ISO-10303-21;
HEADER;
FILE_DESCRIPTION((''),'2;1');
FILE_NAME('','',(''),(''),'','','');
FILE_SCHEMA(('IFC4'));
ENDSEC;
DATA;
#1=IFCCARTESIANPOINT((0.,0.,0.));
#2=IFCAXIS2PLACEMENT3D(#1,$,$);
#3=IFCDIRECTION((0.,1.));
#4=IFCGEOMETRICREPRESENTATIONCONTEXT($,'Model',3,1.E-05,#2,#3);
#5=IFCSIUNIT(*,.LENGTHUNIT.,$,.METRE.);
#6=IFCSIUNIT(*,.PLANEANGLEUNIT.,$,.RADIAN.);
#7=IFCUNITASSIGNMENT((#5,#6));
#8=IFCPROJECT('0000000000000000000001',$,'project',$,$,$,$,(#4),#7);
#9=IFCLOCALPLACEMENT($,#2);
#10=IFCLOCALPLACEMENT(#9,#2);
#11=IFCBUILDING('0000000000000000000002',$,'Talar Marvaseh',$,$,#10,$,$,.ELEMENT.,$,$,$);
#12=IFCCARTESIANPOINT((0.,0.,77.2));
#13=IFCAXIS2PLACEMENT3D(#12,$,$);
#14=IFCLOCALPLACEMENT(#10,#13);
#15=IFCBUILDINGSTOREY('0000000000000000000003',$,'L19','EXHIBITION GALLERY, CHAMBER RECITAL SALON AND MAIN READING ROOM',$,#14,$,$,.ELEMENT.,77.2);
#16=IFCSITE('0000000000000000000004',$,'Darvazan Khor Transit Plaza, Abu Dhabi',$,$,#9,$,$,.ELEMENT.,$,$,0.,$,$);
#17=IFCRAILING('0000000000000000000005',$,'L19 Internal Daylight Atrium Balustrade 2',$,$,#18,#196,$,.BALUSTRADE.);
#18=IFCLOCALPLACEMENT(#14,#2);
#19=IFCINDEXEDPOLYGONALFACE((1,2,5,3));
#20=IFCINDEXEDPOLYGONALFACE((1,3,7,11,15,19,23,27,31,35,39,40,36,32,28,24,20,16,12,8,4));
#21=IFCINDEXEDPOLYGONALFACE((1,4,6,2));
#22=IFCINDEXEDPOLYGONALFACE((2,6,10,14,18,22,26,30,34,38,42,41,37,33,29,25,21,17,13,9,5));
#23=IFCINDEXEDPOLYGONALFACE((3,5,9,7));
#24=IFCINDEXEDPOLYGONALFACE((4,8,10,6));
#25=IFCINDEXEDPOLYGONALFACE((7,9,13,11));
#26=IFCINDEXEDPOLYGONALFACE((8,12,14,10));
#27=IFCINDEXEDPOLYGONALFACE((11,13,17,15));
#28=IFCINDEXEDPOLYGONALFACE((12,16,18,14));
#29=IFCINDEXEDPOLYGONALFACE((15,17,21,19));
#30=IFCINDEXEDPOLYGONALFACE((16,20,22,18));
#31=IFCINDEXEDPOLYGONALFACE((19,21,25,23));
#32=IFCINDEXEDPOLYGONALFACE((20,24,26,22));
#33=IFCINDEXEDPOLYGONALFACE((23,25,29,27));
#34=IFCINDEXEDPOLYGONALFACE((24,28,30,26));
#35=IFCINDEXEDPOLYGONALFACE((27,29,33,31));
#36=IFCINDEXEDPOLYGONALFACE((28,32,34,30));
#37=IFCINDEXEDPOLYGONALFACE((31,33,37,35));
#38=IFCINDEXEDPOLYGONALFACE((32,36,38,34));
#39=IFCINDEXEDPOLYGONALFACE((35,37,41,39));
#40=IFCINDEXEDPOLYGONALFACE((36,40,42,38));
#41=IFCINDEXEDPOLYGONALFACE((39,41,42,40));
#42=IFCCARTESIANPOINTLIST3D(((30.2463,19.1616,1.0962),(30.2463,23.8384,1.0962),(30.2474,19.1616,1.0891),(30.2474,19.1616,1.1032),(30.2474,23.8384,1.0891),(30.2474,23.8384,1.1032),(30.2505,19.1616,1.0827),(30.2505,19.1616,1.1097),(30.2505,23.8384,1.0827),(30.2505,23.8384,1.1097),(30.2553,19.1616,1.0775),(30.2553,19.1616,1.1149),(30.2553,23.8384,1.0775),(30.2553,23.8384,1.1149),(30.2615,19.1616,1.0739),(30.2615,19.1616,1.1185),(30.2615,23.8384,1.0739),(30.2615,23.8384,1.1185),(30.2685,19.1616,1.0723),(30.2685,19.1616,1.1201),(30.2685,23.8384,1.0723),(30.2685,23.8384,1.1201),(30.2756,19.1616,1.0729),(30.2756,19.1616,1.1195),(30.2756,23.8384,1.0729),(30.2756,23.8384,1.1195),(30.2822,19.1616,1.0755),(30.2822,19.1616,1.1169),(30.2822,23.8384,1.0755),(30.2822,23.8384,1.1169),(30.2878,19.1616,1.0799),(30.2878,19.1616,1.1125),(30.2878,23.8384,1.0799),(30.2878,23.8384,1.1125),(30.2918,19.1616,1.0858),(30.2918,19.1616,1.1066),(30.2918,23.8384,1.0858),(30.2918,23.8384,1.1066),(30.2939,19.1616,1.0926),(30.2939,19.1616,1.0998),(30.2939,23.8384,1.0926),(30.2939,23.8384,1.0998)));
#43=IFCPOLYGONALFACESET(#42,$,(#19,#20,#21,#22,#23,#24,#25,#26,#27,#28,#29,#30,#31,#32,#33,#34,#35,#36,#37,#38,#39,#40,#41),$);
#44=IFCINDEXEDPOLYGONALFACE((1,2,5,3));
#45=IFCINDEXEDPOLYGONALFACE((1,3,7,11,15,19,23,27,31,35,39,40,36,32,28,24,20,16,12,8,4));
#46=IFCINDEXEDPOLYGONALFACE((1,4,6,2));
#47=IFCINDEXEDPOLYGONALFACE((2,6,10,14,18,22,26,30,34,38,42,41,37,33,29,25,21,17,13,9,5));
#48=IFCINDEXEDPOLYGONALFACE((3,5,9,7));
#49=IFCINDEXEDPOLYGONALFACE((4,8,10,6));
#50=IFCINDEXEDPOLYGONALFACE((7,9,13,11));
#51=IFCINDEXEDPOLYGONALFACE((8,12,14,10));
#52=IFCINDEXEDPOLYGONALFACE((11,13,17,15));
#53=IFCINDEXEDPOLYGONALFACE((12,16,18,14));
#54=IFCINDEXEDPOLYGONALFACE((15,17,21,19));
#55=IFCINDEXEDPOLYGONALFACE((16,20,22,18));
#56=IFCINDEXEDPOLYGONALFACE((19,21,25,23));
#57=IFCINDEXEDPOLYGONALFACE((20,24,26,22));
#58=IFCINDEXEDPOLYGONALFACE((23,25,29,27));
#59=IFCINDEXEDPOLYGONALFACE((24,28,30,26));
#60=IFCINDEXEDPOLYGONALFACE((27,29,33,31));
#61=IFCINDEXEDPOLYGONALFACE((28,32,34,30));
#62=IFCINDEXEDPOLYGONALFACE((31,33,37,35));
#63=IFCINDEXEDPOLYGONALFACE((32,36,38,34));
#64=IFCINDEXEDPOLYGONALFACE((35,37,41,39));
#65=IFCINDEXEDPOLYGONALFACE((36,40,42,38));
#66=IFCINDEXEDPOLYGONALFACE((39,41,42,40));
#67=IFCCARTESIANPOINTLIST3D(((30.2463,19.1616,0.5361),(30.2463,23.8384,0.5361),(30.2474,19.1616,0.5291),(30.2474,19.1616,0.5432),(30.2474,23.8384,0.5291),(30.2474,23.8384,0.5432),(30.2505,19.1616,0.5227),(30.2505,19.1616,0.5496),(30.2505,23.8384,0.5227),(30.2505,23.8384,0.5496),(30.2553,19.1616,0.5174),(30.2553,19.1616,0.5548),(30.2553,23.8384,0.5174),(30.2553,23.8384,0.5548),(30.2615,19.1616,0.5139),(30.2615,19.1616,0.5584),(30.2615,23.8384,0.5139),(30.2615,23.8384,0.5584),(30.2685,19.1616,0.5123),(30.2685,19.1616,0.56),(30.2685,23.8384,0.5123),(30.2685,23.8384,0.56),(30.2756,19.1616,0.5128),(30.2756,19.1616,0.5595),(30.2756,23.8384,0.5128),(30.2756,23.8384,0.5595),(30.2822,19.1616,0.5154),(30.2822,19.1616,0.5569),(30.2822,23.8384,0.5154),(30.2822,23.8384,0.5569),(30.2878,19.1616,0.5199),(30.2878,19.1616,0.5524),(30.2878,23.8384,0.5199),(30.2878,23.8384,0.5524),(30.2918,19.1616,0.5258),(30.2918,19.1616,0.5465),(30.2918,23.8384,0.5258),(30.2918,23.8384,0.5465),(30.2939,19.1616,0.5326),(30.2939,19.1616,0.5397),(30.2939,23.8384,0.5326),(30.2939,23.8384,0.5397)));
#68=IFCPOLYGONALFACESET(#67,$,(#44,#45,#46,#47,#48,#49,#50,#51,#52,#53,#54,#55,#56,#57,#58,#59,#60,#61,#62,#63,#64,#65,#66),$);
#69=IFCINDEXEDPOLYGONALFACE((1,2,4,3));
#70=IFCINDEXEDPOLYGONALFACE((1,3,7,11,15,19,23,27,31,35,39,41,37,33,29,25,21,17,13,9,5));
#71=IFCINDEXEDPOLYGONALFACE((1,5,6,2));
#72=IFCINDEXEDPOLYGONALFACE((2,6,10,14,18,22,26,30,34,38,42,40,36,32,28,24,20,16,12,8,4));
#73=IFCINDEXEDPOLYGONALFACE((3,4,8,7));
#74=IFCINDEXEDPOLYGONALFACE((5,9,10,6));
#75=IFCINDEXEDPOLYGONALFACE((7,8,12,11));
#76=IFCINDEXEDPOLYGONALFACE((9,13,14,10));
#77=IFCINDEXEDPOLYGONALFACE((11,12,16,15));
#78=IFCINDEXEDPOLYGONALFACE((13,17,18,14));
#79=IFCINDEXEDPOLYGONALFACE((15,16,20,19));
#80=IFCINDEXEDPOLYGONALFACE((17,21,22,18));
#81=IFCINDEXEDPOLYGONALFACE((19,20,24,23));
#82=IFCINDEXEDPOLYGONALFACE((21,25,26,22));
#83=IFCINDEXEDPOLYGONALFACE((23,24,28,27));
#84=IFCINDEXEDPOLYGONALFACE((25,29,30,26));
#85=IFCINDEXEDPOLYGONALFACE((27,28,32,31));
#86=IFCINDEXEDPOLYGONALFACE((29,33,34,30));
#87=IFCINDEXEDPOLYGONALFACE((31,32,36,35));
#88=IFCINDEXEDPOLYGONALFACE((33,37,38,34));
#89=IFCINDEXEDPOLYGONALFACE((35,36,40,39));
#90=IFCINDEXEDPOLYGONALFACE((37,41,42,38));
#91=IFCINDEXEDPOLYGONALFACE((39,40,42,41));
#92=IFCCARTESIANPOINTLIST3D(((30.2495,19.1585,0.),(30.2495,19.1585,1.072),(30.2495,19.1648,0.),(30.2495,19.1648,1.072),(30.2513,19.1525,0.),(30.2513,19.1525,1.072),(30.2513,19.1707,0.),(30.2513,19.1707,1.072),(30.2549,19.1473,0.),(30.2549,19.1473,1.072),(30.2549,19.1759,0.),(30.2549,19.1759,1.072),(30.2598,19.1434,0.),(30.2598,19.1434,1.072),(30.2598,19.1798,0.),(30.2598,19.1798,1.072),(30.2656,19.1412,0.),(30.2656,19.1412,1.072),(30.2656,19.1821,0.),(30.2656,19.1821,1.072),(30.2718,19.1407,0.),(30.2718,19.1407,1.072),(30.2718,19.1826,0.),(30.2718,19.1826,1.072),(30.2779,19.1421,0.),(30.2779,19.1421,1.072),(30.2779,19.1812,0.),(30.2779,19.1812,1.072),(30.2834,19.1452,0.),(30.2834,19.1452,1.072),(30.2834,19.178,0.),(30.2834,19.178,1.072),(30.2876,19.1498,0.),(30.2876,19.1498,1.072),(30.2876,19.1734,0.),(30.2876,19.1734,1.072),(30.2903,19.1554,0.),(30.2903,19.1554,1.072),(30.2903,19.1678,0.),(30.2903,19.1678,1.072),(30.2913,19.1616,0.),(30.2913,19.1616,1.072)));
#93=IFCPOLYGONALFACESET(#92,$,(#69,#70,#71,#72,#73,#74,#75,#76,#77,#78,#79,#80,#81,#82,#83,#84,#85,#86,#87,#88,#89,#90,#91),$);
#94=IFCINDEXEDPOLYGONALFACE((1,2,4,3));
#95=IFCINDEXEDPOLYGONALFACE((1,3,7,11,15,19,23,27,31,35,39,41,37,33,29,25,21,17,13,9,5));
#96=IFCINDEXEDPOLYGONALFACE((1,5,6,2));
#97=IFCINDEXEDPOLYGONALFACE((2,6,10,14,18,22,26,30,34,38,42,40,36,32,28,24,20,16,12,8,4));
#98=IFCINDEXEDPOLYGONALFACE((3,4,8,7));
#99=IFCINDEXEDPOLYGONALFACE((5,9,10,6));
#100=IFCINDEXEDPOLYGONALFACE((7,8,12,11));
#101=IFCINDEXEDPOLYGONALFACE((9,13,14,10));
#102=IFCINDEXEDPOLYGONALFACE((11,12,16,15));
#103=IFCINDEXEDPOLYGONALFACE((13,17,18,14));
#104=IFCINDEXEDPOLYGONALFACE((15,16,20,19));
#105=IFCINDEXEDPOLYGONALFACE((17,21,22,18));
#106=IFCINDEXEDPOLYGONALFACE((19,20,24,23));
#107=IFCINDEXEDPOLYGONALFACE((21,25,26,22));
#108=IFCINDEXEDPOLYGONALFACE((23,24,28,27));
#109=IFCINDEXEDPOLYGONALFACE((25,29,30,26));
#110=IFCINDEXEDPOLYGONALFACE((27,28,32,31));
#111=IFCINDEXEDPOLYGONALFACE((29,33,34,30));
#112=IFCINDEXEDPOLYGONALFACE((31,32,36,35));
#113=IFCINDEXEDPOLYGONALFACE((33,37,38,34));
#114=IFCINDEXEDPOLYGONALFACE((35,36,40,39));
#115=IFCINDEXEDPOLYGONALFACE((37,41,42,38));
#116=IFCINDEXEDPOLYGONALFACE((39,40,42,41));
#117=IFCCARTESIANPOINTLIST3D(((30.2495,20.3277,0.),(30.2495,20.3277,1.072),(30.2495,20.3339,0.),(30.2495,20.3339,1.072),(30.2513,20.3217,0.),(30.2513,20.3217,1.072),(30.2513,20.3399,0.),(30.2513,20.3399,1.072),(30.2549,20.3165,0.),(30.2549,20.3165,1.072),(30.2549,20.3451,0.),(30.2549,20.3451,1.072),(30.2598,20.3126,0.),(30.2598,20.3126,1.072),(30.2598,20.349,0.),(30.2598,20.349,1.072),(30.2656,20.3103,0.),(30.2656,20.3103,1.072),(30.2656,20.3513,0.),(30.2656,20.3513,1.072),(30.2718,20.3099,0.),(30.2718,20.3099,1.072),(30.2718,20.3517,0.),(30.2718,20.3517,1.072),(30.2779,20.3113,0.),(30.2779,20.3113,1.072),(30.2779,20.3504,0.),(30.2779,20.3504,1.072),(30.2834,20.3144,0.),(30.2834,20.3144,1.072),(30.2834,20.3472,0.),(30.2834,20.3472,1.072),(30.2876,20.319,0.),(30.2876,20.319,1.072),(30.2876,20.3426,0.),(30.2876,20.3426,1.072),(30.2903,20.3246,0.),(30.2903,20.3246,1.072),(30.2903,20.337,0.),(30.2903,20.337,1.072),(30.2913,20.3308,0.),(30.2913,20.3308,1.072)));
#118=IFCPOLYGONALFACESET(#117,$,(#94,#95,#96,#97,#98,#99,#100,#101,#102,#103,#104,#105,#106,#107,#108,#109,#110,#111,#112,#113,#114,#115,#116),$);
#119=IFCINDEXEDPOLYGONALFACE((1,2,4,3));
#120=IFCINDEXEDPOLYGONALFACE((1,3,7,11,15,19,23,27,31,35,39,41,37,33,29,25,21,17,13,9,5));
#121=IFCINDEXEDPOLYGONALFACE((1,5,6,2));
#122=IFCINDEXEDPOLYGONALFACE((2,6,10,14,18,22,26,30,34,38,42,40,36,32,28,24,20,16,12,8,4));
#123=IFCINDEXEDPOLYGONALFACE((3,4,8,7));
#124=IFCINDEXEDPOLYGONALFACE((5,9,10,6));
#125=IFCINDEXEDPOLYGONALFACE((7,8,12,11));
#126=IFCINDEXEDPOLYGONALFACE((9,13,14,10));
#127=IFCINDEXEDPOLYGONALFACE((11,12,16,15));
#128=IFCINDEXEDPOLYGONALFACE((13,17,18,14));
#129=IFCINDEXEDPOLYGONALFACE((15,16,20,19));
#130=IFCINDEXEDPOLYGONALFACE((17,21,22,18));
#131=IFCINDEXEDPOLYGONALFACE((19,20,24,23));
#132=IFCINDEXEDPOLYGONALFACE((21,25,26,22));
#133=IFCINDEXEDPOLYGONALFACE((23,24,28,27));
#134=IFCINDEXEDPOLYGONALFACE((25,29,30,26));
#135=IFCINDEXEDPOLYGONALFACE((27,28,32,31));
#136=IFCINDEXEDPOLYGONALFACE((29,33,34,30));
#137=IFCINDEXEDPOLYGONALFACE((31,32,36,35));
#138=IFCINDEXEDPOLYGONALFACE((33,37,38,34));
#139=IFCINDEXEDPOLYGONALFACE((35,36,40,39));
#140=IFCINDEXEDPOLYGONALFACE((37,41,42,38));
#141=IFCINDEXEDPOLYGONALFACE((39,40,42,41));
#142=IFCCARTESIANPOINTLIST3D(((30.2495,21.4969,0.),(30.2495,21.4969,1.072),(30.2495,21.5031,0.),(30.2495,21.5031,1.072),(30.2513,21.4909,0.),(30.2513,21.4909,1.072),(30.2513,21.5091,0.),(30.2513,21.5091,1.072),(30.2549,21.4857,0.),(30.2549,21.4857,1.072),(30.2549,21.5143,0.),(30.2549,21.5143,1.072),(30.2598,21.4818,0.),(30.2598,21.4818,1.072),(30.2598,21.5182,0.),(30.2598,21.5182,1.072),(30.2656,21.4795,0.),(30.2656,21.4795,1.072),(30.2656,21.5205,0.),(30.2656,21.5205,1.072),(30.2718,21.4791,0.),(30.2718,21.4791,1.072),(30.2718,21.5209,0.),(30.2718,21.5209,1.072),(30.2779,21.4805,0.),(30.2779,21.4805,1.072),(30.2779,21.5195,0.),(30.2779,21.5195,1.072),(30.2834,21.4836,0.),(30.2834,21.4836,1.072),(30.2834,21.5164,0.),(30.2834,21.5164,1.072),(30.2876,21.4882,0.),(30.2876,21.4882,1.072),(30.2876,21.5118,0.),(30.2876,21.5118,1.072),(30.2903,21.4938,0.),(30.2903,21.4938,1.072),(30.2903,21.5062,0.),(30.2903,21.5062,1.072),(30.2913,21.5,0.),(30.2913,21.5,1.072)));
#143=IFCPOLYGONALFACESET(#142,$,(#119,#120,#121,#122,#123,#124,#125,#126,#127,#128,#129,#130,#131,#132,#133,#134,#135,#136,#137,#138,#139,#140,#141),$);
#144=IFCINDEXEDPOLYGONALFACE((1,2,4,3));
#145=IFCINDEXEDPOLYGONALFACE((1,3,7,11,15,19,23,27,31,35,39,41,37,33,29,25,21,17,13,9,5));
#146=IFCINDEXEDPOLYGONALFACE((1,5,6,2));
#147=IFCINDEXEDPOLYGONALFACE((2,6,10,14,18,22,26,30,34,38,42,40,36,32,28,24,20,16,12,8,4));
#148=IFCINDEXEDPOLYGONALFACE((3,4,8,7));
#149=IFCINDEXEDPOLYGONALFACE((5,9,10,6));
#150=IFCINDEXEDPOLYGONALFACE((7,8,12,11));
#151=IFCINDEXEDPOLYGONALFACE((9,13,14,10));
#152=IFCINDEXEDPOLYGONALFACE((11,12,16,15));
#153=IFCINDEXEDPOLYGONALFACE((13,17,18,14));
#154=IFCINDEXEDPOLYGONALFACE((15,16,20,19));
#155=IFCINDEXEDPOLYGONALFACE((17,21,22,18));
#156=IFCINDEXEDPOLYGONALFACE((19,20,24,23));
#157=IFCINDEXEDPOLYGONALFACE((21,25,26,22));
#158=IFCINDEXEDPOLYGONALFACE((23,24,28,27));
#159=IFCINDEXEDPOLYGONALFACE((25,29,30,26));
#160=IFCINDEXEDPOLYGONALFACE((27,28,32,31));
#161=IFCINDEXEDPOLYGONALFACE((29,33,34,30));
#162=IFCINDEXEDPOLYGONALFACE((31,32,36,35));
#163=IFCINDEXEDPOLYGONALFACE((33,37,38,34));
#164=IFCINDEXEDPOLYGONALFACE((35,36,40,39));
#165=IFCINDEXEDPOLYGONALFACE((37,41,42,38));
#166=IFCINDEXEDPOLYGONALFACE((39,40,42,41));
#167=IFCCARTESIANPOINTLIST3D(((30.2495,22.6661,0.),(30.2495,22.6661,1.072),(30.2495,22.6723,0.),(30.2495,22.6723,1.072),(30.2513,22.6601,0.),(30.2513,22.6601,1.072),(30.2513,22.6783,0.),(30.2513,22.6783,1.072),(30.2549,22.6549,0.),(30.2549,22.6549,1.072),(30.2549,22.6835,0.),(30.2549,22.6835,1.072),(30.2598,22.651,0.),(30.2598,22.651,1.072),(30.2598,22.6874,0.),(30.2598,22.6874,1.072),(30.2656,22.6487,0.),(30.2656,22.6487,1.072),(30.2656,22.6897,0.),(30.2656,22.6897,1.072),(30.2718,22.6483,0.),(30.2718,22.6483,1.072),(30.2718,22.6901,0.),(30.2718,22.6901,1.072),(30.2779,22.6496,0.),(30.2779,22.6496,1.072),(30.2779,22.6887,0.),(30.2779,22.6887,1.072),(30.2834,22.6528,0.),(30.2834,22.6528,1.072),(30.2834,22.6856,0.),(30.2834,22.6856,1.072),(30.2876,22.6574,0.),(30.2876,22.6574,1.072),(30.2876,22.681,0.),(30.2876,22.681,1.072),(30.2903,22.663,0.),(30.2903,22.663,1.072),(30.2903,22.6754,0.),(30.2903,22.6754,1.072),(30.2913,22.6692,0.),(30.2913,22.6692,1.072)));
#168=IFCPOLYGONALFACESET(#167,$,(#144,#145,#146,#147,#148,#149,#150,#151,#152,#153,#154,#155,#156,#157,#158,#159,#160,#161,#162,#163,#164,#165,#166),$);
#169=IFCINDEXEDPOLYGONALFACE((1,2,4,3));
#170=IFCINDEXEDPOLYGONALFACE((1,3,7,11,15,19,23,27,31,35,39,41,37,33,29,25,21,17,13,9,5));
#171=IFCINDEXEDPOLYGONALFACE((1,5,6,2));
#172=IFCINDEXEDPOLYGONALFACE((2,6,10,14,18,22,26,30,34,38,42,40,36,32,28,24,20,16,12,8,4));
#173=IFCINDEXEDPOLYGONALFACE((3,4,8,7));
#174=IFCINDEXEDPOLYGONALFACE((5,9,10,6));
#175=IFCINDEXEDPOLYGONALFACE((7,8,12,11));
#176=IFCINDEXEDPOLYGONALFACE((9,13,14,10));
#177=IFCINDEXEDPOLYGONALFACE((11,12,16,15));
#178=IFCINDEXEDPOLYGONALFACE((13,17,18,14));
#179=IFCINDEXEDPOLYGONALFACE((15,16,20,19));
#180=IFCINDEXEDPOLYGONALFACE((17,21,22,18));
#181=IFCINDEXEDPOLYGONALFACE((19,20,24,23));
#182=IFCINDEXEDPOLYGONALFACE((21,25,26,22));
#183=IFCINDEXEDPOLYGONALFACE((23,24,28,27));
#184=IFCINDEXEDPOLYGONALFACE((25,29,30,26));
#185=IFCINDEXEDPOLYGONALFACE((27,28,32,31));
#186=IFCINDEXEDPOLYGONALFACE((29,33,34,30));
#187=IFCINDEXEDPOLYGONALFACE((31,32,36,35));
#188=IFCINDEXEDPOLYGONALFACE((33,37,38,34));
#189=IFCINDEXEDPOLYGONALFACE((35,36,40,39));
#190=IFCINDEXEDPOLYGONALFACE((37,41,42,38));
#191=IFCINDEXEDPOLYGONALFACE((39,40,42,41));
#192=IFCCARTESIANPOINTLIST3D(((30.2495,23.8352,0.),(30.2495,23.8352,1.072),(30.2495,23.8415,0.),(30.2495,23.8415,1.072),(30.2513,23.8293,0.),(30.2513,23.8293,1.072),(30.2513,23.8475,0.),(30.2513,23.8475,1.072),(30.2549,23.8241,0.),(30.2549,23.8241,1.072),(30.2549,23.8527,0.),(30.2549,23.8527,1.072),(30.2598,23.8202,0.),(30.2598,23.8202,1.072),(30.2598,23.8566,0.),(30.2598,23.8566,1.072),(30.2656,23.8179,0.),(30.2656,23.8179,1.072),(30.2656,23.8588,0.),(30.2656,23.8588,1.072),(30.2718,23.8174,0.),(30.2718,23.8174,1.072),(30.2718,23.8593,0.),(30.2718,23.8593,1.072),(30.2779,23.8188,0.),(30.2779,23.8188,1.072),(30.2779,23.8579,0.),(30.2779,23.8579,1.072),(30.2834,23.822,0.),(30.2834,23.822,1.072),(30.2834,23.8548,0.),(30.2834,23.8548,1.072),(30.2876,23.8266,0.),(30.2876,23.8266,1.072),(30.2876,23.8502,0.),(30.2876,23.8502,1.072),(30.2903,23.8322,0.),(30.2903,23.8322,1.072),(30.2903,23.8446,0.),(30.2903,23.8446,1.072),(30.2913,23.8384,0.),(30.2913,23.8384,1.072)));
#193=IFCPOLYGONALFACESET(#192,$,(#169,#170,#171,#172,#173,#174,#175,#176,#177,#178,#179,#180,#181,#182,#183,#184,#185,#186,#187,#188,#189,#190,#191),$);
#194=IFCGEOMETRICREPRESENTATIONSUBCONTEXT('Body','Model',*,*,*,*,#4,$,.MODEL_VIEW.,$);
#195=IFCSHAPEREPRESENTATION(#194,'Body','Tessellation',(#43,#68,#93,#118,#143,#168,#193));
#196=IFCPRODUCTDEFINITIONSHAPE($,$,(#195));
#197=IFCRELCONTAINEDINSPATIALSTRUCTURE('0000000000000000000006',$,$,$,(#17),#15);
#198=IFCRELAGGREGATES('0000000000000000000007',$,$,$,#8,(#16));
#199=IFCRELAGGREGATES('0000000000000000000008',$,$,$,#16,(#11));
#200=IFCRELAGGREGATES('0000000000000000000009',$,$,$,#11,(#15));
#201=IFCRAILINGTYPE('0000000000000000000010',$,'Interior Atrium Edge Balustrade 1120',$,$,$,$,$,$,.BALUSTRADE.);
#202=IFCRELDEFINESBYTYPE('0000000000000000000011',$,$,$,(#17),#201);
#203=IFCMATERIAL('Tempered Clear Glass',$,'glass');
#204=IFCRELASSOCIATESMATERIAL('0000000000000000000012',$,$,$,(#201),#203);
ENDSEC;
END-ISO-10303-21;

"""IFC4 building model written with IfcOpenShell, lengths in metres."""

from ifc_helpers import new_model, si_unit, direction, frame, origin, origin_2d, place, context, subcontext, project, spatial, circle, extrude, material, type_object, element, save


model = new_model("IFC4")

# Units and contexts
model_context = context("Model", 3, precision=1e-05, world=origin(), true_north=direction((0.0, 1.0)))
body_context = subcontext(model_context, "Body", "Model", "MODEL_VIEW")
ifc_project = project(units=[si_unit("LENGTHUNIT", "METRE"), si_unit("PLANEANGLEUNIT", "RADIAN")], contexts=[model_context])

# Site, building, storey
site_placement = place(None, origin())
site = spatial("IfcSite", under=ifc_project, at=site_placement, Name="Darvazan Khor Transit Plaza, Abu Dhabi", CompositionType="ELEMENT", RefElevation=0.0)
building_placement = place(site_placement, origin())
building = spatial("IfcBuilding", under=site, at=building_placement, Name="Talar Marvaseh", CompositionType="ELEMENT")
storey_placement = place(building_placement, frame((0.0, 0.0, 77.2)))
storey = spatial("IfcBuildingStorey", under=building, at=storey_placement, Name="L19", Description="EXHIBITION GALLERY, CHAMBER RECITAL SALON AND MAIN READING ROOM", CompositionType="ELEMENT", Elevation=77.2)

# Railing
ifc_material_1 = material(Name="Tempered Clear Glass", Category="glass")
railing_type_1 = type_object("IfcRailingType", Name="Interior Atrium Edge Balustrade 1120", PredefinedType="BALUSTRADE", material=ifc_material_1)
railing_1_placement = place(storey_placement, frame((30.2703, 19.1616, 0.0)))
element("IfcRailing", 1, at=railing_1_placement, inside=storey, type_object=railing_type_1, Name="L19 Internal Daylight Atrium Balustrade 2", PredefinedType="BALUSTRADE", context=body_context, shape_type="SweptSolid", body=[
    extrude(circle(Radius=0.0239, at=origin_2d()), frame((0.0, 0.0, 1.0962), z_axis=(0.0, 1.0, 0.0), x_axis=(-1.0, 0.0, 0.0)), (0.0, 0.0, 1.0), 4.6768),
    extrude(circle(Radius=0.0239, at=origin_2d()), frame((0.0, 0.0, 0.5361), z_axis=(0.0, 1.0, 0.0), x_axis=(-1.0, 0.0, 0.0)), (0.0, 0.0, 1.0), 4.6768),
    extrude(circle(Radius=0.021, at=origin_2d()), origin(), (0.0, 0.0, 1.0), 1.072),
    extrude(circle(Radius=0.021, at=origin_2d()), frame((0.0, 1.1692, 0.0)), (0.0, 0.0, 1.0), 1.072),
    extrude(circle(Radius=0.021, at=origin_2d()), frame((0.0, 2.3384, 0.0)), (0.0, 0.0, 1.0), 1.072),
    extrude(circle(Radius=0.021, at=origin_2d()), frame((0.0, 3.5076, 0.0)), (0.0, 0.0, 1.0), 1.072),
    extrude(circle(Radius=0.021, at=origin_2d()), frame((0.0, 4.6768, 0.0)), (0.0, 0.0, 1.0), 1.072),
])

save(model, "model.ifc")
